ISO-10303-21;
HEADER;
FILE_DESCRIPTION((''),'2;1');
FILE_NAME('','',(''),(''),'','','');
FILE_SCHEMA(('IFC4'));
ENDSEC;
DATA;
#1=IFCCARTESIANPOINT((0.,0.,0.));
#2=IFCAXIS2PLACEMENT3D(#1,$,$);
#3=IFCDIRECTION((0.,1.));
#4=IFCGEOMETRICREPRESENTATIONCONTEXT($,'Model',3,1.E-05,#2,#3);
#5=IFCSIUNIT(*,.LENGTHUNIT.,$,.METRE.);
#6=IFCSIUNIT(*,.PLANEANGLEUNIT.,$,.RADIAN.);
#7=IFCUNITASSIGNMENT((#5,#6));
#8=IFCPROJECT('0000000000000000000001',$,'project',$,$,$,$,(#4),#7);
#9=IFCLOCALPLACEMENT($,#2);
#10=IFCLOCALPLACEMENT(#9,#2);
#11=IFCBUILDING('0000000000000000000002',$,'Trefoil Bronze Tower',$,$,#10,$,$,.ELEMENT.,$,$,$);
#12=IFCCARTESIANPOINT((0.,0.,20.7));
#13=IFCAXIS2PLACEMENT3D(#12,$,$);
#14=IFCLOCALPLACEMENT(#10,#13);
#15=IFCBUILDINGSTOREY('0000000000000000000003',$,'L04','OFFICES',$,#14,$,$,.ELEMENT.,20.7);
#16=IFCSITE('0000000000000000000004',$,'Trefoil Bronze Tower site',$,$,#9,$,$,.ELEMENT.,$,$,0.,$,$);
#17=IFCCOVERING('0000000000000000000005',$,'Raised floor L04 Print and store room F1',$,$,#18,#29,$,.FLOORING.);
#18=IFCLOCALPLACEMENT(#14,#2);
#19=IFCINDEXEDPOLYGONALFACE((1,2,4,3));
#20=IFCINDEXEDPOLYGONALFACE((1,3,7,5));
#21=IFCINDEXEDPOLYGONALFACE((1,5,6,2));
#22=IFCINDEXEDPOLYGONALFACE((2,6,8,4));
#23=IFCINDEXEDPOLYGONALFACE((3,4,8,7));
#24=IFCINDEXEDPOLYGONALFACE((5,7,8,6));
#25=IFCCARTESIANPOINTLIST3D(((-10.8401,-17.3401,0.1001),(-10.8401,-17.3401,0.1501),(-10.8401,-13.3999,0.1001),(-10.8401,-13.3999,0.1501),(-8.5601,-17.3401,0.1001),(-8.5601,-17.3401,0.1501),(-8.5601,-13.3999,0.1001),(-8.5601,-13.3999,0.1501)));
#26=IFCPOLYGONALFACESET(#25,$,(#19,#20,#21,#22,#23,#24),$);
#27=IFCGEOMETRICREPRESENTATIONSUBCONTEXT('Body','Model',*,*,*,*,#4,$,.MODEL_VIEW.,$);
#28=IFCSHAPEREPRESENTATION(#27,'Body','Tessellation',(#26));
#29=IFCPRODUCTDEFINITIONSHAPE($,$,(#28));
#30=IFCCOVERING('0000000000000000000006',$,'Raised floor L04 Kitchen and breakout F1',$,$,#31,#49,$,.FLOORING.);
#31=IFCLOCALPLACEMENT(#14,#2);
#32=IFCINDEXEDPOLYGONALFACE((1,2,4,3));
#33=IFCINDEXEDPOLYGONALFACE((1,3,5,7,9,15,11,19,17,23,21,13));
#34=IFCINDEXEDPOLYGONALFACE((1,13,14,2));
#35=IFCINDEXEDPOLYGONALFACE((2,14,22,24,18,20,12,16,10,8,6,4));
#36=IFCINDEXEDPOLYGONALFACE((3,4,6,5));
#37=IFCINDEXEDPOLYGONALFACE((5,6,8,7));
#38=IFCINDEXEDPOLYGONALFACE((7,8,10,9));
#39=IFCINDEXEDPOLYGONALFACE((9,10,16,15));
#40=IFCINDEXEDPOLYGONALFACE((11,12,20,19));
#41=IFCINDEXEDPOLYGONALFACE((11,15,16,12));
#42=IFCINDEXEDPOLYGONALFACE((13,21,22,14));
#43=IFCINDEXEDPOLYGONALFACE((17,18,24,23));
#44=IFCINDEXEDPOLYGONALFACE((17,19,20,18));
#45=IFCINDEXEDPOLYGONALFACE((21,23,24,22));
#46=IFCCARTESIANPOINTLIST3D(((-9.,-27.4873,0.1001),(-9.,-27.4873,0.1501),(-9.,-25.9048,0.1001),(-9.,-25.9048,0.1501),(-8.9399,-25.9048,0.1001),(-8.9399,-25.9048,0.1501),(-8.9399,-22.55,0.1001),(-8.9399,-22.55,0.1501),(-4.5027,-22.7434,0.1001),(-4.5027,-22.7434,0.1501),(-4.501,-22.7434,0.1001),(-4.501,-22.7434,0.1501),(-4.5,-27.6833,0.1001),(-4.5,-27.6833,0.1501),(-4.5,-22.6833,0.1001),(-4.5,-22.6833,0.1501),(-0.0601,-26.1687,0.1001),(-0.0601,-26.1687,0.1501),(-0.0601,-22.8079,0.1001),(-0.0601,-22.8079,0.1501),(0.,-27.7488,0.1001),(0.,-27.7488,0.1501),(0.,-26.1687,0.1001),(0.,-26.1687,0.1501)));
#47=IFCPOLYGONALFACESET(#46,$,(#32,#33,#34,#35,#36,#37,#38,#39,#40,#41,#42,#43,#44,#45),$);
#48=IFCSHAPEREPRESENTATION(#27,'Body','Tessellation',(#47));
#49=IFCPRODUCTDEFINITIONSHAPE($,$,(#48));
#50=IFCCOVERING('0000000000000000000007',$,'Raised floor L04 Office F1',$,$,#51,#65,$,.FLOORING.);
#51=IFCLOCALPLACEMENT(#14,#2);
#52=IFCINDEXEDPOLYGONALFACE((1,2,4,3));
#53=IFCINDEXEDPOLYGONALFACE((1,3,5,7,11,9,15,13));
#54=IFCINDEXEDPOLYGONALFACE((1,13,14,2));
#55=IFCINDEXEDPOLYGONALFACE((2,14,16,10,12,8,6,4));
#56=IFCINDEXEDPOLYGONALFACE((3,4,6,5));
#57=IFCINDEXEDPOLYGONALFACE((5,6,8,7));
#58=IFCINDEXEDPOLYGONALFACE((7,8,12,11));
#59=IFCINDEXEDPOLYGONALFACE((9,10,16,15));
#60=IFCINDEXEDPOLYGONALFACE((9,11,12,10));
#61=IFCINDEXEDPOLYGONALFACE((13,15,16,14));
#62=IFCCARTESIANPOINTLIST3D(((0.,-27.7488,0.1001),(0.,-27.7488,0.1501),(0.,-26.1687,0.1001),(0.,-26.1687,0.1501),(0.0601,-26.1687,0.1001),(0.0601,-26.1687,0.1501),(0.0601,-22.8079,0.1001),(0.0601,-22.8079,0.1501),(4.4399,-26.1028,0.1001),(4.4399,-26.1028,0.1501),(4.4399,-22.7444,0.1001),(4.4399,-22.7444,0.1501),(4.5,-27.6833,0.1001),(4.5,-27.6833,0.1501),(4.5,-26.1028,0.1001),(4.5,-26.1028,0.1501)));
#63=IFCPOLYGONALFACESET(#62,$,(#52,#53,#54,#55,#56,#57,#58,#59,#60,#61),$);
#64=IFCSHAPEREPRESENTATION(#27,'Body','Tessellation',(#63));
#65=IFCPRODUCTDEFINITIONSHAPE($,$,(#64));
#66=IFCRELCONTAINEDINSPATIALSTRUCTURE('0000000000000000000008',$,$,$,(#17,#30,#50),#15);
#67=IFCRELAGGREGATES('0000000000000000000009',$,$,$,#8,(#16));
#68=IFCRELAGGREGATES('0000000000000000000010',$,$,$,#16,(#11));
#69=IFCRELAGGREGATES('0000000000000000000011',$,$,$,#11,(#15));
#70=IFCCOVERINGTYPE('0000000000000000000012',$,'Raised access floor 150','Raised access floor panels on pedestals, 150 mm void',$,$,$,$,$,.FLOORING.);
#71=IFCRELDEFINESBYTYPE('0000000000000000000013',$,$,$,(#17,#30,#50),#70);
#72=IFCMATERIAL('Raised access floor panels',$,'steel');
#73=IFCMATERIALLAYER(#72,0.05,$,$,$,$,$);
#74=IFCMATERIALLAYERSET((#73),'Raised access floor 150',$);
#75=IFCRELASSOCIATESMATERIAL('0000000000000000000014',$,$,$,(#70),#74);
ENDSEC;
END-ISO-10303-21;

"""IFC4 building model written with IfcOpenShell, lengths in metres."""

from ifc_helpers import new_model, si_unit, direction, frame, origin, place, context, subcontext, project, spatial, polyline, outline, extrude, material, layer, layer_set, type_object, element, save


model = new_model("IFC4")

# Units and contexts
model_context = context("Model", 3, precision=1e-05, world=origin(), true_north=direction((0.0, 1.0)))
body_context = subcontext(model_context, "Body", "Model", "MODEL_VIEW")
ifc_project = project(units=[si_unit("LENGTHUNIT", "METRE"), si_unit("PLANEANGLEUNIT", "RADIAN")], contexts=[model_context])

# Site, building, storey
site_placement = place(None, origin())
site = spatial("IfcSite", under=ifc_project, at=site_placement, Name="Trefoil Bronze Tower site", CompositionType="ELEMENT", RefElevation=0.0)
building_placement = place(site_placement, origin())
building = spatial("IfcBuilding", under=site, at=building_placement, Name="Trefoil Bronze Tower", CompositionType="ELEMENT")
storey_placement = place(building_placement, frame((0.0, 0.0, 20.7)))
storey = spatial("IfcBuildingStorey", under=building, at=storey_placement, Name="L04", Description="OFFICES", CompositionType="ELEMENT", Elevation=20.7)

# Coverings
ifc_material_1 = material(Name="Raised access floor panels", Category="steel")
ifc_layer_1 = layer(ifc_material_1, 0.05)
ifc_layer_set_1 = layer_set([ifc_layer_1], Name="Raised access floor 150")
covering_type_1 = type_object("IfcCoveringType", Name="Raised access floor 150", Description="Raised access floor panels on pedestals, 150 mm void", PredefinedType="FLOORING", material=ifc_layer_set_1)
covering_1_placement = place(storey_placement, frame((0.0, 0.0, 0.1001)))
element("IfcCovering", 1, at=covering_1_placement, inside=storey, type_object=covering_type_1, Name="Raised floor L04 Print and store room F1", PredefinedType="FLOORING", context=body_context, shape_type="SweptSolid", body=[
    extrude(outline(polyline([(-8.5601, -13.3999), (-8.5601, -17.3401), (-10.8401, -17.3401), (-10.8401, -13.3999), (-8.5601, -13.3999)])), origin(), (0.0, 0.0, 1.0), 0.05),
])
covering_2_placement = place(storey_placement, frame((0.0, 0.0, 0.1001)))
element("IfcCovering", 2, at=covering_2_placement, inside=storey, type_object=covering_type_1, Name="Raised floor L04 Kitchen and breakout F1", PredefinedType="FLOORING", context=body_context, shape_type="SweptSolid", body=[
    extrude(outline(polyline([(-4.5, -27.6833), (-9.0, -27.4873), (-9.0, -25.9048), (-8.9399, -25.9048), (-8.9399, -22.55), (-4.5027, -22.7434), (-4.5, -22.6833), (-4.501, -22.7434), (-0.0601, -22.8079), (-0.0601, -26.1687), (0.0, -26.1687), (0.0, -27.7488), (-4.5, -27.6833)])), origin(), (0.0, 0.0, 1.0), 0.05),
])
covering_3_placement = place(storey_placement, frame((0.0, 0.0, 0.1001)))
element("IfcCovering", 3, at=covering_3_placement, inside=storey, type_object=covering_type_1, Name="Raised floor L04 Office F1", PredefinedType="FLOORING", context=body_context, shape_type="SweptSolid", body=[
    extrude(outline(polyline([(4.5, -27.6833), (0.0, -27.7488), (0.0, -26.1687), (0.0601, -26.1687), (0.0601, -22.8079), (4.4399, -22.7444), (4.4399, -26.1028), (4.5, -26.1028), (4.5, -27.6833)])), origin(), (0.0, 0.0, 1.0), 0.05),
])

save(model, "model.ifc")
